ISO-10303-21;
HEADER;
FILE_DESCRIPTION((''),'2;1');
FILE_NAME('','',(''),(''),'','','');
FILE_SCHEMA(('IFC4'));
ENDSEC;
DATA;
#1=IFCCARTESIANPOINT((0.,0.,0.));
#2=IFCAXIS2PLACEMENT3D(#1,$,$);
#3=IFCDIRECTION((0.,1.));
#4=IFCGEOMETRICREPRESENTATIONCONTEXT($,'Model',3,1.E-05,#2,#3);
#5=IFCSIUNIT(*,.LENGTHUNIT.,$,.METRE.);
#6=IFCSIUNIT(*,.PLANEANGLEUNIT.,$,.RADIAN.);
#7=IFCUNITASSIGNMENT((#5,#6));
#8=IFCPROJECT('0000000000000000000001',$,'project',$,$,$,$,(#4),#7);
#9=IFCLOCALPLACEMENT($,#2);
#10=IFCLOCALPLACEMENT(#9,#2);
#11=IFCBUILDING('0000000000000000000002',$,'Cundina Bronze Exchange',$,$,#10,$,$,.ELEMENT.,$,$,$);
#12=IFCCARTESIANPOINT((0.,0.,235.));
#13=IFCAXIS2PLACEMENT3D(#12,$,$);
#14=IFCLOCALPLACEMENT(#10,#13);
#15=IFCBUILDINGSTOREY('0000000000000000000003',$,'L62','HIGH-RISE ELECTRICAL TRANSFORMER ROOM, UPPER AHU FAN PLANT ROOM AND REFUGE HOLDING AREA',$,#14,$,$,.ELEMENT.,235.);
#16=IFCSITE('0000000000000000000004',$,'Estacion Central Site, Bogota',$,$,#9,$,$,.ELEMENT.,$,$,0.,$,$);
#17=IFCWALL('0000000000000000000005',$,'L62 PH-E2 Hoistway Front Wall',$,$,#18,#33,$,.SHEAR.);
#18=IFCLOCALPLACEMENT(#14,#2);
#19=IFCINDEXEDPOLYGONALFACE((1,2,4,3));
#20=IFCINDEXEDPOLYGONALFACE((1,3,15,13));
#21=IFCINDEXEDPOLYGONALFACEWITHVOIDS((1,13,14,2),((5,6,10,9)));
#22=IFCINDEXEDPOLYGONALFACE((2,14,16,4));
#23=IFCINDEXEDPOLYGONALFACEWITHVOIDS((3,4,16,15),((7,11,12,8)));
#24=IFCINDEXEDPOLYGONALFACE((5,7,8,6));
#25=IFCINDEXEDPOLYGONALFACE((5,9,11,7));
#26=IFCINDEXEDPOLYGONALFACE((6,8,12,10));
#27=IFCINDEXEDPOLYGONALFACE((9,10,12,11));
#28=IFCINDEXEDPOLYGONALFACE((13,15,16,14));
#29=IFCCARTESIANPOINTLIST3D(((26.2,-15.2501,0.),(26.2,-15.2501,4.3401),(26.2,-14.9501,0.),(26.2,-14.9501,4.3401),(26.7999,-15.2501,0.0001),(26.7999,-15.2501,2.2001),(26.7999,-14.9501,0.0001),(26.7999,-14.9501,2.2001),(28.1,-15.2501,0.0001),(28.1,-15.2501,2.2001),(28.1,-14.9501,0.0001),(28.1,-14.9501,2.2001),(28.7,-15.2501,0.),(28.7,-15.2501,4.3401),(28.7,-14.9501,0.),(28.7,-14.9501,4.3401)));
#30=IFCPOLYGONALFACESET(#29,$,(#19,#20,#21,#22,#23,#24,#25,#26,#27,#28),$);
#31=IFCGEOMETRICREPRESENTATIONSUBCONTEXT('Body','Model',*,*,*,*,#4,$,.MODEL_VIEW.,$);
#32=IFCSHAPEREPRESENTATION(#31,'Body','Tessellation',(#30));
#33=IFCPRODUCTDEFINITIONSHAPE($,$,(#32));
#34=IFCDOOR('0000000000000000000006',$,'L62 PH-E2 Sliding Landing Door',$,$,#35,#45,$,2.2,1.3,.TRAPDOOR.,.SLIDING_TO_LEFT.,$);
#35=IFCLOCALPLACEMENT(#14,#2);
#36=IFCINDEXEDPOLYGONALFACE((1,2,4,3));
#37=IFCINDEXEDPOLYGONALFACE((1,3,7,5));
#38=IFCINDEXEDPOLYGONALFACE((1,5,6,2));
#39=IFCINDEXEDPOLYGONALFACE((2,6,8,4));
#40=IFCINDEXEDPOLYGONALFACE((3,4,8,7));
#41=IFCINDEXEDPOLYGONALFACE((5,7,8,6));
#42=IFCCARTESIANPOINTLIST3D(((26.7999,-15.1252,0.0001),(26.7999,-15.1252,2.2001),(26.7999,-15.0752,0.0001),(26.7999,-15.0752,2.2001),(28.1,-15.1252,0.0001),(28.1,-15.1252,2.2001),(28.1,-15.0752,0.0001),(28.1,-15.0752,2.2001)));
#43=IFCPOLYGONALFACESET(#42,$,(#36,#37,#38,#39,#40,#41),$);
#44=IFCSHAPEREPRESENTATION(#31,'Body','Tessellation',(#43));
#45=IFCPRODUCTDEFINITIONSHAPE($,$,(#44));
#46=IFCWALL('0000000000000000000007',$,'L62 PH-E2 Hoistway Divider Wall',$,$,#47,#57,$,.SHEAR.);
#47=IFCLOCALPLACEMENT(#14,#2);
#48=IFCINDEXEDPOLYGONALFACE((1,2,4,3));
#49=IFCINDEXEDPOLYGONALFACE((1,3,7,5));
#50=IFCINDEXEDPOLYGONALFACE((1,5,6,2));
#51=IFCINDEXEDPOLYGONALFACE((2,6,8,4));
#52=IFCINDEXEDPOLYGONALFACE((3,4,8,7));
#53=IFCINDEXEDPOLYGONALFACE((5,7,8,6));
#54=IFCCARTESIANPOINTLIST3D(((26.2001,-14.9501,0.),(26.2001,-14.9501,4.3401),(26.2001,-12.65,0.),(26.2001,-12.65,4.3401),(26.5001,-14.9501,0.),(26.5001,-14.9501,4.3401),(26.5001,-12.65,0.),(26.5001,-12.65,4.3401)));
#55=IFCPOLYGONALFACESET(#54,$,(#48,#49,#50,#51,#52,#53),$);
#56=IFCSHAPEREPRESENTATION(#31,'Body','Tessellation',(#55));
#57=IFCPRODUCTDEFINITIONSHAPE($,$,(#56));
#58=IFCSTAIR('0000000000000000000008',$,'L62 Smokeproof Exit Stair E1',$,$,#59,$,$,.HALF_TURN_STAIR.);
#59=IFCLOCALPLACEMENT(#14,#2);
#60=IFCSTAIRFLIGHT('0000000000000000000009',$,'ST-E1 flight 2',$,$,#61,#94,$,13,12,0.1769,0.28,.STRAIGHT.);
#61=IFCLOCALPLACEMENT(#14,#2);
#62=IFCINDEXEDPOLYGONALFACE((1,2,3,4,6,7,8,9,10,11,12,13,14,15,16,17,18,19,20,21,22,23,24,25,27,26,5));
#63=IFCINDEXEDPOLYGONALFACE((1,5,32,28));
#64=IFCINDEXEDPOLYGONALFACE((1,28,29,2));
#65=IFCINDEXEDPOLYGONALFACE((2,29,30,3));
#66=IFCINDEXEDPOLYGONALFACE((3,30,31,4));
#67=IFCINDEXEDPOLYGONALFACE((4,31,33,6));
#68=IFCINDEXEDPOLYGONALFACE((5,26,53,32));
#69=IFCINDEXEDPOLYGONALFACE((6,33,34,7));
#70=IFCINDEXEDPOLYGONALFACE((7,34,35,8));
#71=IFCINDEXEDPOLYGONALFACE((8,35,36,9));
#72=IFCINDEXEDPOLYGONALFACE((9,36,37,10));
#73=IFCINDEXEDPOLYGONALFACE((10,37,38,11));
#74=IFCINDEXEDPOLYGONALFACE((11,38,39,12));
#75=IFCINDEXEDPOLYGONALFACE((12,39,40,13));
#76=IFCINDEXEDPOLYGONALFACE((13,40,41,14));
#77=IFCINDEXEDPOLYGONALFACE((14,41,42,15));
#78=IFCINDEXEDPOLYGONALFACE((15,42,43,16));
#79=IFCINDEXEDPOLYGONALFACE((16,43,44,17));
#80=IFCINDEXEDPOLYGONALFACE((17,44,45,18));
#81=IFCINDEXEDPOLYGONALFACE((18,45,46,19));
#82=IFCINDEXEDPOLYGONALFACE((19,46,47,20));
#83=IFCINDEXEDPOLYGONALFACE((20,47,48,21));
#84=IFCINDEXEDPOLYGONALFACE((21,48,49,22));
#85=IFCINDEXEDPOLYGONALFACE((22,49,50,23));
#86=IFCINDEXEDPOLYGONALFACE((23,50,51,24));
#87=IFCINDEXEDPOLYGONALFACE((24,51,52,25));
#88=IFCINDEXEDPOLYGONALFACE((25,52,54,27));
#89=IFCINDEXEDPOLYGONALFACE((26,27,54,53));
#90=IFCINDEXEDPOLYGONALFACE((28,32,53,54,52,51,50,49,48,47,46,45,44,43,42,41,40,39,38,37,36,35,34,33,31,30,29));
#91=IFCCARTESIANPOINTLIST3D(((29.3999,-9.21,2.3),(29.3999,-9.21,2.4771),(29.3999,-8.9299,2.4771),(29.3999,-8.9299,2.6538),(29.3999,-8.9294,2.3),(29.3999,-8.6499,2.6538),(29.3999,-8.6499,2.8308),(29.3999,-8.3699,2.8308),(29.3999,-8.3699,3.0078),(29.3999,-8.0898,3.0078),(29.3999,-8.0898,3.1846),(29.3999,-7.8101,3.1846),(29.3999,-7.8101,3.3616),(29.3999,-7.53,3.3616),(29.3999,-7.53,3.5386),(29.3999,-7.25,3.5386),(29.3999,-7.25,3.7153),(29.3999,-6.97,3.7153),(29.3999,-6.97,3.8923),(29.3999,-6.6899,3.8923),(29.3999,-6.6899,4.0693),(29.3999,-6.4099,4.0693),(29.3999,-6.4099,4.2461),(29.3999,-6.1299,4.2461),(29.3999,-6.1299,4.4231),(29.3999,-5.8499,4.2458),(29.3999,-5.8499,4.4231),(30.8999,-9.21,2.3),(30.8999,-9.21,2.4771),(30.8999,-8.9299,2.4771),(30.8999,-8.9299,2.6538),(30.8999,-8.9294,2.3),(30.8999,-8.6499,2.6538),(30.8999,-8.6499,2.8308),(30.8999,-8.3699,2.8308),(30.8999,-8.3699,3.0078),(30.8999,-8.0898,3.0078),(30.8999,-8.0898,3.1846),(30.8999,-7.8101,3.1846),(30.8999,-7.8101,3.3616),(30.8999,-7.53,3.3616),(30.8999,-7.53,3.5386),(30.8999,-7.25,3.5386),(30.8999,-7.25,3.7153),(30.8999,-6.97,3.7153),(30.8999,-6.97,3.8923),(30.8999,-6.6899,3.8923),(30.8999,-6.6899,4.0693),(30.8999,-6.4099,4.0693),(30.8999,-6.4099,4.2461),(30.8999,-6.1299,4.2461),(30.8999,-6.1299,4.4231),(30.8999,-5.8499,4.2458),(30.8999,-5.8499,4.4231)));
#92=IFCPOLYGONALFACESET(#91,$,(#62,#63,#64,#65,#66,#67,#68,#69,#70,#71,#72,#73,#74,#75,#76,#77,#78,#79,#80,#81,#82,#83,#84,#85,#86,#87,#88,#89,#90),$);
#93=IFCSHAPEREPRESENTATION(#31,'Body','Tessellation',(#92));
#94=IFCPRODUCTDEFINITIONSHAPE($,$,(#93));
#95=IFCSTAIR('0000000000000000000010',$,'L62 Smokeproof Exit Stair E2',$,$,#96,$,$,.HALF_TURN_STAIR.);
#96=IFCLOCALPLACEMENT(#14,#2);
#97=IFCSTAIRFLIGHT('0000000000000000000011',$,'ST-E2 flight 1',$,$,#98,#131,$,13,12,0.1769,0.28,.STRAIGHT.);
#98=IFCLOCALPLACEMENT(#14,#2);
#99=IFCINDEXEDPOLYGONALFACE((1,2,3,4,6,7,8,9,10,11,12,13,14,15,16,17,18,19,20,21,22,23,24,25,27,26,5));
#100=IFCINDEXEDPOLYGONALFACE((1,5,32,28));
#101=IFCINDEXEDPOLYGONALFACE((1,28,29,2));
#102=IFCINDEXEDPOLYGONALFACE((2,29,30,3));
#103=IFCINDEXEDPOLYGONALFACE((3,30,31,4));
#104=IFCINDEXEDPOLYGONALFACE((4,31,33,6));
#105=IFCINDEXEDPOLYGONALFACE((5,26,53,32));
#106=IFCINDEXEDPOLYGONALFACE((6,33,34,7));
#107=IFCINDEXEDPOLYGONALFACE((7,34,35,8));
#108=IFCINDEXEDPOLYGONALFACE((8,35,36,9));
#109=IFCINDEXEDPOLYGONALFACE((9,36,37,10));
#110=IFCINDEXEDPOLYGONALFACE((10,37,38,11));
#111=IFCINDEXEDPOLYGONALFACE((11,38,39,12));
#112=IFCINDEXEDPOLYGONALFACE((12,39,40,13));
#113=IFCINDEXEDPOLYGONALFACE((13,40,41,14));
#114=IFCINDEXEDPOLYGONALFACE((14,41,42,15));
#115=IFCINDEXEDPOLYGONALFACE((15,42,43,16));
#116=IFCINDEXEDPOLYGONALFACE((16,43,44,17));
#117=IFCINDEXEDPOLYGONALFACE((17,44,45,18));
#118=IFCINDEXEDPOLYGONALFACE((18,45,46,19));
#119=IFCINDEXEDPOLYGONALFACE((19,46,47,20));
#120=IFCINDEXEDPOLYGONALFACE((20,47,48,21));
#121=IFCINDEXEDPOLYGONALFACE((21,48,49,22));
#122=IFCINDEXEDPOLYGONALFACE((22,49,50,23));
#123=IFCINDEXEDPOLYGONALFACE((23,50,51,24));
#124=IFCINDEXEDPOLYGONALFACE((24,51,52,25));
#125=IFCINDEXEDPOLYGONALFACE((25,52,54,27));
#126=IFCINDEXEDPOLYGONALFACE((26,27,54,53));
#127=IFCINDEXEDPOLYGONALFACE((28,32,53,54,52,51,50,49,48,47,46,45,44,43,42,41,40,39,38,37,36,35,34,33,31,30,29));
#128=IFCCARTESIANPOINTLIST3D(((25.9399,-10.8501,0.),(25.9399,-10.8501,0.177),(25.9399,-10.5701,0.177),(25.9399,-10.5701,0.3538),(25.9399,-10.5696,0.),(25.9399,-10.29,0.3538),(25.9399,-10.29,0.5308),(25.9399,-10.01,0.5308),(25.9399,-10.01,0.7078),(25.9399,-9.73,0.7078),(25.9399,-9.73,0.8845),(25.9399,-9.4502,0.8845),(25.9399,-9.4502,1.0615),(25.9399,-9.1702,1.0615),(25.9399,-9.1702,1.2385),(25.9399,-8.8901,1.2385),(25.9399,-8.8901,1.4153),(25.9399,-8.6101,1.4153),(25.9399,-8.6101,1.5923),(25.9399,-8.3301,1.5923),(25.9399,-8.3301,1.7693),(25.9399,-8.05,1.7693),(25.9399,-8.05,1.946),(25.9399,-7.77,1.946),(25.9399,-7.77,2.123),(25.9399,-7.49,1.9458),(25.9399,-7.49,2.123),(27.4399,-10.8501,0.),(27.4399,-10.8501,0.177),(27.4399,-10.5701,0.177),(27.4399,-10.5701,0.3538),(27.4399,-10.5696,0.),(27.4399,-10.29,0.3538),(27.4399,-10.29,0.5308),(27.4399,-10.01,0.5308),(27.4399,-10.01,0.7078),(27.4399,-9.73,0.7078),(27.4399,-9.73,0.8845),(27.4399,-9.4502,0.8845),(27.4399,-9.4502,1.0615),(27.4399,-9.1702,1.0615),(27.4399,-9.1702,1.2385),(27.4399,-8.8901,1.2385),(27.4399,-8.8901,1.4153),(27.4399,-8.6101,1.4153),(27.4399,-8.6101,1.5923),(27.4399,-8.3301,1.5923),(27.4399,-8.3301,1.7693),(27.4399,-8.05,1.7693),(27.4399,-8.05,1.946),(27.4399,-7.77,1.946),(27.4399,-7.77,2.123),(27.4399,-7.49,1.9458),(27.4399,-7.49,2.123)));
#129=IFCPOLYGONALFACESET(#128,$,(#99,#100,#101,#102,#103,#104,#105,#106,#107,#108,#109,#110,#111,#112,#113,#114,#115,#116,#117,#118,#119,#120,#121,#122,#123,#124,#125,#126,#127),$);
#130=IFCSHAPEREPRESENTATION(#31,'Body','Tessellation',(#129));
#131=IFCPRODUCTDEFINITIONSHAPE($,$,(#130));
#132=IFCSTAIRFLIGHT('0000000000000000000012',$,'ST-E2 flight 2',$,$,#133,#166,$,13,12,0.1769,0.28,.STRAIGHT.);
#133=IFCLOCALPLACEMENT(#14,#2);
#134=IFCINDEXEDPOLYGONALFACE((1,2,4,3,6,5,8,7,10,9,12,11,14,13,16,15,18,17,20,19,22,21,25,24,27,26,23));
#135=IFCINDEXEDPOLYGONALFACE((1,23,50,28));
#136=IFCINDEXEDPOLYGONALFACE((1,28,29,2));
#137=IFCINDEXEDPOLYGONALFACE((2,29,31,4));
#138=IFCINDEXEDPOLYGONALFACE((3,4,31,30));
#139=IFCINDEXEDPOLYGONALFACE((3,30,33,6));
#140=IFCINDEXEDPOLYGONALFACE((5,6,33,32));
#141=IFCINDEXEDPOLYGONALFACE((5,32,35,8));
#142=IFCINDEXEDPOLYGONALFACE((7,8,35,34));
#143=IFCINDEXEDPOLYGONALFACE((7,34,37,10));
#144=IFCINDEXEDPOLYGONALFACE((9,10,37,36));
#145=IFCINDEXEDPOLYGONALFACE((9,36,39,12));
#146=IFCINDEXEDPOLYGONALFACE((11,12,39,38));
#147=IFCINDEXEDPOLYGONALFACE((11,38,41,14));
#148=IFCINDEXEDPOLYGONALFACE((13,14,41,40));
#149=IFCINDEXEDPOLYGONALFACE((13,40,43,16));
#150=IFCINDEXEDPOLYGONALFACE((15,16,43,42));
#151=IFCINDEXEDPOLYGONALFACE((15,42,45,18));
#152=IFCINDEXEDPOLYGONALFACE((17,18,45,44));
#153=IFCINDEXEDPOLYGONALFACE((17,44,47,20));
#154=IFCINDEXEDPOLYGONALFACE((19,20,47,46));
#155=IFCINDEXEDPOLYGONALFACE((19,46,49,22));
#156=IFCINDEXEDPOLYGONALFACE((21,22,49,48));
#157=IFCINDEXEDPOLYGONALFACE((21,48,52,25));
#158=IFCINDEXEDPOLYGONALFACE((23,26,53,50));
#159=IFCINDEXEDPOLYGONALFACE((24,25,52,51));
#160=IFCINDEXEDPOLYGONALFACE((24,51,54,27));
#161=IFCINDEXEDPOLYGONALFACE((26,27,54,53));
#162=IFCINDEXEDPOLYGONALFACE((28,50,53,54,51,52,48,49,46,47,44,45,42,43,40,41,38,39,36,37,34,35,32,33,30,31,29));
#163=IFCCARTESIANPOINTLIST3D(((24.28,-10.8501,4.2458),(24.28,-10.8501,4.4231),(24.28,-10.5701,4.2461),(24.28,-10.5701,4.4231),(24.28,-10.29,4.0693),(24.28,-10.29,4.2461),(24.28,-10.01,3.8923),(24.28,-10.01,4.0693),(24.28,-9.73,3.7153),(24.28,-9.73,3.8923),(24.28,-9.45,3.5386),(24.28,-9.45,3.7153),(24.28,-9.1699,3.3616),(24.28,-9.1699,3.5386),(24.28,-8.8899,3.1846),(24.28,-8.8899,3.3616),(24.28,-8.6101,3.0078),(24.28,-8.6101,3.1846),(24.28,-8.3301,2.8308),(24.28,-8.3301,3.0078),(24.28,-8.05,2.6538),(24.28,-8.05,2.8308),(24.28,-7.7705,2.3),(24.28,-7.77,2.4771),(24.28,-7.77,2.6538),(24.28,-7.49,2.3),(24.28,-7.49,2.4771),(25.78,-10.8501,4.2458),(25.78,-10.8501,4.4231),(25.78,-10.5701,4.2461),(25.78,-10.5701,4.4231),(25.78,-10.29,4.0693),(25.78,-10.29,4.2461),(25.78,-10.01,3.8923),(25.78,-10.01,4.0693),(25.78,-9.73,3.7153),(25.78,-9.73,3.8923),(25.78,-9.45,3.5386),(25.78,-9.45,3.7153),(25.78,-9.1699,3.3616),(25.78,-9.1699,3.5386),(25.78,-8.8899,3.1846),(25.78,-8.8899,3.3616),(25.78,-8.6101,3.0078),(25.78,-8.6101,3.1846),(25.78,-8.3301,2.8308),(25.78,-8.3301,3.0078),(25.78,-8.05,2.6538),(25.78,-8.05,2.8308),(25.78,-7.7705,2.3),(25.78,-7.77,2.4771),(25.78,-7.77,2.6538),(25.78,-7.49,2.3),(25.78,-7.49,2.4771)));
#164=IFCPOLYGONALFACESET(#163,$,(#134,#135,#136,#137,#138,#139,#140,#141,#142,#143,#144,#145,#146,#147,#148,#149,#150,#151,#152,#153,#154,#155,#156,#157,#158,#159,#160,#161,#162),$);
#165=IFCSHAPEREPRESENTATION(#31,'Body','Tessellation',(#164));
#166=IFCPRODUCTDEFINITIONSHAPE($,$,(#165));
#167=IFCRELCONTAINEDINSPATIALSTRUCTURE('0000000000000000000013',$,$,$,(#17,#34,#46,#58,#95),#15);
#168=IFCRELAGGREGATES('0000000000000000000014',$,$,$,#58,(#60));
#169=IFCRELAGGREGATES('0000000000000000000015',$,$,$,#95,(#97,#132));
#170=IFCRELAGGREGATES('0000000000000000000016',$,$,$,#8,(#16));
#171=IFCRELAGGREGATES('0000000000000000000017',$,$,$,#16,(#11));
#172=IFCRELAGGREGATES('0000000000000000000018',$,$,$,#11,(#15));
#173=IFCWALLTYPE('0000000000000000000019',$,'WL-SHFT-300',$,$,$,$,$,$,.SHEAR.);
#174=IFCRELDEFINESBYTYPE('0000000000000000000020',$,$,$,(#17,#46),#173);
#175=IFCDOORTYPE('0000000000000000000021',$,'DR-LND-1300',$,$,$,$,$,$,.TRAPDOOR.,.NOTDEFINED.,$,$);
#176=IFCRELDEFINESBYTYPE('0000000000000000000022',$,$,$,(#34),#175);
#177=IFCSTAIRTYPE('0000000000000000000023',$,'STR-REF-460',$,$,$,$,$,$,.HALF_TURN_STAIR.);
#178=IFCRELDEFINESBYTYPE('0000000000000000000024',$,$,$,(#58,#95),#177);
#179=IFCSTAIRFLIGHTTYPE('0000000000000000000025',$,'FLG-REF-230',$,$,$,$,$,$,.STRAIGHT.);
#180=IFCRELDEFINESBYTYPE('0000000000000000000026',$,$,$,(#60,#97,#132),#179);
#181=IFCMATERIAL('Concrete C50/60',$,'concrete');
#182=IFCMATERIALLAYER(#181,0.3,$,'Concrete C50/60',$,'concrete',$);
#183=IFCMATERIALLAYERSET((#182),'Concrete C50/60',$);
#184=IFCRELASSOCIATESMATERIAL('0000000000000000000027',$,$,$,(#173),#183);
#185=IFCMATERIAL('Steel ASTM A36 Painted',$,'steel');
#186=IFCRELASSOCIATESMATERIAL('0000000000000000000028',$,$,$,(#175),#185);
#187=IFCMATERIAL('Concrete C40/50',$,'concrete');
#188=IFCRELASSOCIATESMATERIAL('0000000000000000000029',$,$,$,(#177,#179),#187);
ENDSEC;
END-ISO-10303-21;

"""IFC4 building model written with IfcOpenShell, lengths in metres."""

from ifc_helpers import new_model, si_unit, direction, frame, frame_2d, origin, place, context, subcontext, project, spatial, polyline, rectangle, outline, extrude, material, layer, layer_set, type_object, element, fill, aggregate, save


model = new_model("IFC4")

# Units and contexts
model_context = context("Model", 3, precision=1e-05, world=origin(), true_north=direction((0.0, 1.0)))
body_context = subcontext(model_context, "Body", "Model", "MODEL_VIEW")
ifc_project = project(units=[si_unit("LENGTHUNIT", "METRE"), si_unit("PLANEANGLEUNIT", "RADIAN")], contexts=[model_context])

# Site, building, storey
site_placement = place(None, origin())
site = spatial("IfcSite", under=ifc_project, at=site_placement, Name="Estacion Central Site, Bogota", CompositionType="ELEMENT", RefElevation=0.0)
building_placement = place(site_placement, origin())
building = spatial("IfcBuilding", under=site, at=building_placement, Name="Cundina Bronze Exchange", CompositionType="ELEMENT")
storey_placement = place(building_placement, frame((0.0, 0.0, 235.0)))
storey = spatial("IfcBuildingStorey", under=building, at=storey_placement, Name="L62", Description="HIGH-RISE ELECTRICAL TRANSFORMER ROOM, UPPER AHU FAN PLANT ROOM AND REFUGE HOLDING AREA", CompositionType="ELEMENT", Elevation=235.0)

# Shared definitions
ifc_material_1 = material(Name="Concrete C50/60", Category="concrete")

# Shared definitions
ifc_layer_1 = layer(ifc_material_1, 0.3, Name="Concrete C50/60", Category="concrete")
ifc_layer_set_1 = layer_set([ifc_layer_1], Name="Concrete C50/60")
wall_type_1 = type_object("IfcWallType", Name="WL-SHFT-300", PredefinedType="SHEAR", material=ifc_layer_set_1)

# Shared definitions
ifc_material_2 = material(Name="Steel ASTM A36 Painted", Category="steel")

# Shared definitions
door_type_1 = type_object("IfcDoorType", Name="DR-LND-1300", OperationType="NOTDEFINED", PredefinedType="TRAPDOOR", material=ifc_material_2)

# Wall, opening, door
wall_1_placement = place(storey_placement, frame((26.2, -15.1001, 0.0), z_axis=(0.0, 0.0, 1.0), x_axis=(1.0, 0.0, 0.0)))
wall_1 = element("IfcWall", 1, at=wall_1_placement, inside=storey, type_object=wall_type_1, Name="L62 PH-E2 Hoistway Front Wall", PredefinedType="SHEAR", context=body_context, shape_type="SweptSolid", body=[
    extrude(rectangle(XDim=2.5, YDim=0.3, at=frame_2d((1.25, 0.0))), origin(), (0.0, 0.0, 1.0), 4.3401),
])
opening_1_placement = place(wall_1_placement, frame((0.6001, 0.0, 0.0)))
opening_1 = element("IfcOpeningElement", 2, at=opening_1_placement, cuts=wall_1, PredefinedType="OPENING", context=body_context, shape_type="SweptSolid", body=[
    extrude(rectangle(XDim=1.3, YDim=2.2, at=frame_2d((0.6499, 1.1001))), frame((0.0, 0.1599, 0.0), z_axis=(0.0, -1.0, 0.0), x_axis=(1.0, 0.0, 0.0)), (0.0, 0.0, 1.0), 0.3201),
])
door_1_placement = place(opening_1_placement, origin())
door_1 = element("IfcDoor", 3, at=door_1_placement, inside=storey, type_object=door_type_1, Name="L62 PH-E2 Sliding Landing Door", OperationType="SLIDING_TO_LEFT", OverallHeight=2.2, OverallWidth=1.3, PredefinedType="TRAPDOOR", context=body_context, shape_type="SweptSolid", body=[
    extrude(rectangle(XDim=1.3, YDim=2.2, at=frame_2d((0.6499, 1.1001))), frame((0.0, 0.0249, 0.0), z_axis=(0.0, -1.0, 0.0), x_axis=(1.0, 0.0, 0.0)), (0.0, 0.0, 1.0), 0.05),
])
fill(opening_1, door_1)

# Wall
wall_2_placement = place(storey_placement, frame((26.3501, -14.95, 0.0), z_axis=(0.0, 0.0, 1.0), x_axis=(0.0, 1.0, 0.0)))
element("IfcWall", 4, at=wall_2_placement, inside=storey, type_object=wall_type_1, Name="L62 PH-E2 Hoistway Divider Wall", PredefinedType="SHEAR", context=body_context, shape_type="SweptSolid", body=[
    extrude(rectangle(XDim=2.3, YDim=0.3, at=frame_2d((1.1499, 0.0))), origin(), (0.0, 0.0, 1.0), 4.3401),
])

# Stair, stair flight
ifc_material_3 = material(Name="Concrete C40/50", Category="concrete")
stair_type = type_object("IfcStairType", Name="STR-REF-460", PredefinedType="HALF_TURN_STAIR", material=ifc_material_3)
stair_1_placement = place(storey_placement, origin())
stair_1 = element("IfcStair", 5, at=stair_1_placement, inside=storey, type_object=stair_type, Name="L62 Smokeproof Exit Stair E1", PredefinedType="HALF_TURN_STAIR")
stair_flight_type = type_object("IfcStairFlightType", Name="FLG-REF-230", PredefinedType="STRAIGHT", material=ifc_material_3)
stair_flight_1_placement = place(storey_placement, frame((30.1499, -9.21, 2.3), z_axis=(0.0, 0.0, 1.0), x_axis=(0.0, 1.0, 0.0)))
stair_flight_1 = element("IfcStairFlight", 6, at=stair_flight_1_placement, type_object=stair_flight_type, Name="ST-E1 flight 2", NumberOfRisers=13, NumberOfTreads=12, PredefinedType="STRAIGHT", RiserHeight=0.1769, TreadLength=0.28, context=body_context, shape_type="SweptSolid", body=[
    extrude(outline(polyline([(0.0, 0.0), (0.0, 0.177), (0.28, 0.177), (0.28, 0.3538), (0.5601, 0.3538), (0.5601, 0.5308), (0.8401, 0.5308), (0.8401, 0.7078), (1.1201, 0.7078), (1.1201, 0.8845), (1.3999, 0.8845), (1.3999, 1.0615), (1.6799, 1.0615), (1.6799, 1.2385), (1.96, 1.2385), (1.96, 1.4153), (2.24, 1.4153), (2.24, 1.5923), (2.52, 1.5923), (2.52, 1.7693), (2.8, 1.7693), (2.8, 1.946), (3.0801, 1.946), (3.0801, 2.123), (3.3601, 2.123), (3.3601, 2.3), (3.3601, 1.9458), (0.2805, 0.0), (0.0, 0.0)])), frame((0.0, 0.75, 0.0), z_axis=(0.0, -1.0, 0.0), x_axis=(1.0, 0.0, 0.0)), (0.0, 0.0, 1.0), 1.5),
])
aggregate(stair_1, [stair_flight_1])

# Stair, stair flights
stair_2_placement = place(storey_placement, origin())
stair_2 = element("IfcStair", 7, at=stair_2_placement, inside=storey, type_object=stair_type, Name="L62 Smokeproof Exit Stair E2", PredefinedType="HALF_TURN_STAIR")
stair_flight_2_placement = place(storey_placement, frame((26.6899, -10.8501, 0.0), z_axis=(0.0, 0.0, 1.0), x_axis=(0.0, 1.0, 0.0)))
stair_flight_2 = element("IfcStairFlight", 8, at=stair_flight_2_placement, type_object=stair_flight_type, Name="ST-E2 flight 1", NumberOfRisers=13, NumberOfTreads=12, PredefinedType="STRAIGHT", RiserHeight=0.1769, TreadLength=0.28, context=body_context, shape_type="SweptSolid", body=[
    extrude(outline(polyline([(0.0, 0.0), (0.0, 0.177), (0.28, 0.177), (0.28, 0.3538), (0.5601, 0.3538), (0.5601, 0.5308), (0.8401, 0.5308), (0.8401, 0.7078), (1.1201, 0.7078), (1.1201, 0.8845), (1.3999, 0.8845), (1.3999, 1.0615), (1.6799, 1.0615), (1.6799, 1.2385), (1.96, 1.2385), (1.96, 1.4153), (2.24, 1.4153), (2.24, 1.5923), (2.52, 1.5923), (2.52, 1.7693), (2.8, 1.7693), (2.8, 1.946), (3.0801, 1.946), (3.0801, 2.123), (3.3601, 2.123), (3.3601, 2.3), (3.3601, 1.9458), (0.2805, 0.0), (0.0, 0.0)])), frame((0.0, 0.75, 0.0), z_axis=(0.0, -1.0, 0.0), x_axis=(1.0, 0.0, 0.0)), (0.0, 0.0, 1.0), 1.5),
])
stair_flight_3_placement = place(storey_placement, frame((25.03, -7.49, 2.3), z_axis=(0.0, 0.0, 1.0), x_axis=(0.0, -1.0, 0.0)))
stair_flight_3 = element("IfcStairFlight", 9, at=stair_flight_3_placement, type_object=stair_flight_type, Name="ST-E2 flight 2", NumberOfRisers=13, NumberOfTreads=12, PredefinedType="STRAIGHT", RiserHeight=0.1769, TreadLength=0.28, context=body_context, shape_type="SweptSolid", body=[
    extrude(outline(polyline([(0.0, 0.0), (0.0, 0.177), (0.28, 0.177), (0.28, 0.3538), (0.5601, 0.3538), (0.5601, 0.5308), (0.8401, 0.5308), (0.8401, 0.7078), (1.1201, 0.7078), (1.1201, 0.8845), (1.3999, 0.8845), (1.3999, 1.0615), (1.6799, 1.0615), (1.6799, 1.2385), (1.96, 1.2385), (1.96, 1.4153), (2.24, 1.4153), (2.24, 1.5923), (2.52, 1.5923), (2.52, 1.7693), (2.8, 1.7693), (2.8, 1.946), (3.0801, 1.946), (3.0801, 2.123), (3.3601, 2.123), (3.3601, 2.3), (3.3601, 1.9458), (0.2805, 0.0), (0.0, 0.0)])), frame((0.0, 0.75, 0.0), z_axis=(0.0, -1.0, 0.0), x_axis=(1.0, 0.0, 0.0)), (0.0, 0.0, 1.0), 1.5),
])
aggregate(stair_2, [stair_flight_2, stair_flight_3])

save(model, "model.ifc")
